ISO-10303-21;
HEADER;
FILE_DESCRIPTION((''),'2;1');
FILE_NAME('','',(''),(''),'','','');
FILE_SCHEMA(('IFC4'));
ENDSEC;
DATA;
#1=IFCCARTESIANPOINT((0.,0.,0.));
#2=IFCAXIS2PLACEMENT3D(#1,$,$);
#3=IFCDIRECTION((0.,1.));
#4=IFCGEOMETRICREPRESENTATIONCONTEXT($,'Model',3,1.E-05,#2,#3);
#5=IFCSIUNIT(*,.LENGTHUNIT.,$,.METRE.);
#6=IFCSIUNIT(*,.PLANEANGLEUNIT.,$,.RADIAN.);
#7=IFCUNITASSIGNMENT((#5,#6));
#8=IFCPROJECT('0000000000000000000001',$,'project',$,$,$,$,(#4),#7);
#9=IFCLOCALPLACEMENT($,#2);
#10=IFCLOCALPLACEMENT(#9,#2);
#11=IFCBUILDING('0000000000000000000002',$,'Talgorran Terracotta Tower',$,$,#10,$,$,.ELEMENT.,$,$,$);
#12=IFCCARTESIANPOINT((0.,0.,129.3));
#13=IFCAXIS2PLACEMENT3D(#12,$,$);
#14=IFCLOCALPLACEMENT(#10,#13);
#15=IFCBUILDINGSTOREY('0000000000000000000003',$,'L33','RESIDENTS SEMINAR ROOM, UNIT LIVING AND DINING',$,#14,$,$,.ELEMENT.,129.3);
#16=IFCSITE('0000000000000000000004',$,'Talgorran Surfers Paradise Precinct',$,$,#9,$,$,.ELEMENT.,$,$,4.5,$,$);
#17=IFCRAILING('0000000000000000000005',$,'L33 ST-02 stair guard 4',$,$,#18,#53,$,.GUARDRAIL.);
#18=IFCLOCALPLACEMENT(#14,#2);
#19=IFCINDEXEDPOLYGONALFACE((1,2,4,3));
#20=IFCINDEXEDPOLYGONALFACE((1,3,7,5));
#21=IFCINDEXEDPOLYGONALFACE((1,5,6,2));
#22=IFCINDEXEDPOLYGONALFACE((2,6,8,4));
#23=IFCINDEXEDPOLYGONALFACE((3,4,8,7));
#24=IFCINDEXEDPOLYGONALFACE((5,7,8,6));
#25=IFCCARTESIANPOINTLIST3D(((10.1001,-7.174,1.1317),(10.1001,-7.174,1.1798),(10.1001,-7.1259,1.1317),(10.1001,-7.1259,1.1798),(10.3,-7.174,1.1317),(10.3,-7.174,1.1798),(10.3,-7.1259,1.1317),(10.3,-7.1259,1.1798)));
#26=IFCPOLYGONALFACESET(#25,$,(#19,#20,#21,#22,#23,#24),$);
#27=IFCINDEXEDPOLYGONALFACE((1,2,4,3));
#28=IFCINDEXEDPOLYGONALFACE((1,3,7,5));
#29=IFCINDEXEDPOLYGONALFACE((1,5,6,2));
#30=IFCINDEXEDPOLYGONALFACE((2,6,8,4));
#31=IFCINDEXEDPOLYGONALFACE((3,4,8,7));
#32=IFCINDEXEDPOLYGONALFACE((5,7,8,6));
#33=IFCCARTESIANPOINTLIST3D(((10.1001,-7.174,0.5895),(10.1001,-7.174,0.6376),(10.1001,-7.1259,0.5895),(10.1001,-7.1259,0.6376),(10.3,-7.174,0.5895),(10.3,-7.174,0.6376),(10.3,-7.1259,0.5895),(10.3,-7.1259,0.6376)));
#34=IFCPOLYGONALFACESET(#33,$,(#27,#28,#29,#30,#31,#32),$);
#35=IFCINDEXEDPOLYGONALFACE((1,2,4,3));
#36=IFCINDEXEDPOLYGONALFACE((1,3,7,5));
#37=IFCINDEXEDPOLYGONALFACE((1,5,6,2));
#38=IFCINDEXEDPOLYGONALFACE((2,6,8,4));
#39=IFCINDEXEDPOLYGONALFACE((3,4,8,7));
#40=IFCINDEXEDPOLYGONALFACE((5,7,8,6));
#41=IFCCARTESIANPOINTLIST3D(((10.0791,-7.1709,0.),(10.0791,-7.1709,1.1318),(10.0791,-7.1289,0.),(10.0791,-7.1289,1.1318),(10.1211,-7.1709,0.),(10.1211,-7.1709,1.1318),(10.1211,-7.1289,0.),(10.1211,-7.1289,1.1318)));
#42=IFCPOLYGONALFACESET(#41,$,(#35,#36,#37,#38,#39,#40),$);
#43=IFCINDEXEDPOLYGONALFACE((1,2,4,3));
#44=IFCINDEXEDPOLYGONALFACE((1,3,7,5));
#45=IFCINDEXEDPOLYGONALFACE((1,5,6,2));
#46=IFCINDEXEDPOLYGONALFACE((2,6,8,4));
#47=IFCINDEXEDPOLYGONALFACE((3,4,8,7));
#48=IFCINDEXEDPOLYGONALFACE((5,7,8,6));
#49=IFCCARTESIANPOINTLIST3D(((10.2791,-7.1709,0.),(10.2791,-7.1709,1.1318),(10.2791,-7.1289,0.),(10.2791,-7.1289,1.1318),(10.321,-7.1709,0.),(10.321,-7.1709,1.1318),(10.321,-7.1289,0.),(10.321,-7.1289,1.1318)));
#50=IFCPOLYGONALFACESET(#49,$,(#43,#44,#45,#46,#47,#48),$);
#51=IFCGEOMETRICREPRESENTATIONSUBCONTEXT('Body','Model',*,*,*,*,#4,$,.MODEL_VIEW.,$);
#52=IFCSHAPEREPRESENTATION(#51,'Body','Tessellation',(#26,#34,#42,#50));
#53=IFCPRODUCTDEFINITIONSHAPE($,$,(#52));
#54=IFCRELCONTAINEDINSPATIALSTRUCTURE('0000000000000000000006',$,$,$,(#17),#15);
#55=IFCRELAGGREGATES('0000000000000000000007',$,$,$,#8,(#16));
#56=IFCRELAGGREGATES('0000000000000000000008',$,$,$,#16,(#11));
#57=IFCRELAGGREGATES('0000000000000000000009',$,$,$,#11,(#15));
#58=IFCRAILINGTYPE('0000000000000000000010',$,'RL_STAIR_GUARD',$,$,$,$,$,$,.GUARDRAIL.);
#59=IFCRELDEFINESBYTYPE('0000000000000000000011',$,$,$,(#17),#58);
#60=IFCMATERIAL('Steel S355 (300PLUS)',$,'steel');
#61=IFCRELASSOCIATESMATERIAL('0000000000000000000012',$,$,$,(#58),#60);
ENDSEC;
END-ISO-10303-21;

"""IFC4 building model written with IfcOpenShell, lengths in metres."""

from ifc_helpers import new_model, si_unit, direction, frame, origin, origin_2d, place, context, subcontext, project, spatial, rectangle, extrude, material, type_object, element, save


model = new_model("IFC4")

# Units and contexts
model_context = context("Model", 3, precision=1e-05, world=origin(), true_north=direction((0.0, 1.0)))
body_context = subcontext(model_context, "Body", "Model", "MODEL_VIEW")
ifc_project = project(units=[si_unit("LENGTHUNIT", "METRE"), si_unit("PLANEANGLEUNIT", "RADIAN")], contexts=[model_context])

# Site, building, storey
site_placement = place(None, origin())
site = spatial("IfcSite", under=ifc_project, at=site_placement, Name="Talgorran Surfers Paradise Precinct", CompositionType="ELEMENT", RefElevation=4.5)
building_placement = place(site_placement, origin())
building = spatial("IfcBuilding", under=site, at=building_placement, Name="Talgorran Terracotta Tower", CompositionType="ELEMENT")
storey_placement = place(building_placement, frame((0.0, 0.0, 129.3)))
storey = spatial("IfcBuildingStorey", under=building, at=storey_placement, Name="L33", Description="RESIDENTS SEMINAR ROOM, UNIT LIVING AND DINING", CompositionType="ELEMENT", Elevation=129.3)

# Shared definitions
ifc_material_1 = material(Name="Steel S355 (300PLUS)", Category="steel")

# Railing
railing_type_1 = type_object("IfcRailingType", Name="RL_STAIR_GUARD", PredefinedType="GUARDRAIL", material=ifc_material_1)
railing_1_placement = place(storey_placement, frame((10.1001, -7.1499, 0.0)))
element("IfcRailing", 1, at=railing_1_placement, inside=storey, type_object=railing_type_1, Name="L33 ST-02 stair guard 4", PredefinedType="GUARDRAIL", context=body_context, shape_type="SweptSolid", body=[
    extrude(rectangle(XDim=0.0481, YDim=0.0481, at=origin_2d()), frame((0.0, 0.0, 1.1558), z_axis=(1.0, 0.0, 0.0), x_axis=(0.0, 1.0, 0.0)), (0.0, 0.0, 1.0), 0.2),
    extrude(rectangle(XDim=0.0481, YDim=0.0481, at=origin_2d()), frame((0.0, 0.0, 0.6135), z_axis=(1.0, 0.0, 0.0), x_axis=(0.0, 1.0, 0.0)), (0.0, 0.0, 1.0), 0.2),
    extrude(rectangle(XDim=0.042, YDim=0.042, at=origin_2d()), origin(), (0.0, 0.0, 1.0), 1.1318),
    extrude(rectangle(XDim=0.042, YDim=0.042, at=origin_2d()), frame((0.2, 0.0, 0.0)), (0.0, 0.0, 1.0), 1.1318),
])

save(model, "model.ifc")
